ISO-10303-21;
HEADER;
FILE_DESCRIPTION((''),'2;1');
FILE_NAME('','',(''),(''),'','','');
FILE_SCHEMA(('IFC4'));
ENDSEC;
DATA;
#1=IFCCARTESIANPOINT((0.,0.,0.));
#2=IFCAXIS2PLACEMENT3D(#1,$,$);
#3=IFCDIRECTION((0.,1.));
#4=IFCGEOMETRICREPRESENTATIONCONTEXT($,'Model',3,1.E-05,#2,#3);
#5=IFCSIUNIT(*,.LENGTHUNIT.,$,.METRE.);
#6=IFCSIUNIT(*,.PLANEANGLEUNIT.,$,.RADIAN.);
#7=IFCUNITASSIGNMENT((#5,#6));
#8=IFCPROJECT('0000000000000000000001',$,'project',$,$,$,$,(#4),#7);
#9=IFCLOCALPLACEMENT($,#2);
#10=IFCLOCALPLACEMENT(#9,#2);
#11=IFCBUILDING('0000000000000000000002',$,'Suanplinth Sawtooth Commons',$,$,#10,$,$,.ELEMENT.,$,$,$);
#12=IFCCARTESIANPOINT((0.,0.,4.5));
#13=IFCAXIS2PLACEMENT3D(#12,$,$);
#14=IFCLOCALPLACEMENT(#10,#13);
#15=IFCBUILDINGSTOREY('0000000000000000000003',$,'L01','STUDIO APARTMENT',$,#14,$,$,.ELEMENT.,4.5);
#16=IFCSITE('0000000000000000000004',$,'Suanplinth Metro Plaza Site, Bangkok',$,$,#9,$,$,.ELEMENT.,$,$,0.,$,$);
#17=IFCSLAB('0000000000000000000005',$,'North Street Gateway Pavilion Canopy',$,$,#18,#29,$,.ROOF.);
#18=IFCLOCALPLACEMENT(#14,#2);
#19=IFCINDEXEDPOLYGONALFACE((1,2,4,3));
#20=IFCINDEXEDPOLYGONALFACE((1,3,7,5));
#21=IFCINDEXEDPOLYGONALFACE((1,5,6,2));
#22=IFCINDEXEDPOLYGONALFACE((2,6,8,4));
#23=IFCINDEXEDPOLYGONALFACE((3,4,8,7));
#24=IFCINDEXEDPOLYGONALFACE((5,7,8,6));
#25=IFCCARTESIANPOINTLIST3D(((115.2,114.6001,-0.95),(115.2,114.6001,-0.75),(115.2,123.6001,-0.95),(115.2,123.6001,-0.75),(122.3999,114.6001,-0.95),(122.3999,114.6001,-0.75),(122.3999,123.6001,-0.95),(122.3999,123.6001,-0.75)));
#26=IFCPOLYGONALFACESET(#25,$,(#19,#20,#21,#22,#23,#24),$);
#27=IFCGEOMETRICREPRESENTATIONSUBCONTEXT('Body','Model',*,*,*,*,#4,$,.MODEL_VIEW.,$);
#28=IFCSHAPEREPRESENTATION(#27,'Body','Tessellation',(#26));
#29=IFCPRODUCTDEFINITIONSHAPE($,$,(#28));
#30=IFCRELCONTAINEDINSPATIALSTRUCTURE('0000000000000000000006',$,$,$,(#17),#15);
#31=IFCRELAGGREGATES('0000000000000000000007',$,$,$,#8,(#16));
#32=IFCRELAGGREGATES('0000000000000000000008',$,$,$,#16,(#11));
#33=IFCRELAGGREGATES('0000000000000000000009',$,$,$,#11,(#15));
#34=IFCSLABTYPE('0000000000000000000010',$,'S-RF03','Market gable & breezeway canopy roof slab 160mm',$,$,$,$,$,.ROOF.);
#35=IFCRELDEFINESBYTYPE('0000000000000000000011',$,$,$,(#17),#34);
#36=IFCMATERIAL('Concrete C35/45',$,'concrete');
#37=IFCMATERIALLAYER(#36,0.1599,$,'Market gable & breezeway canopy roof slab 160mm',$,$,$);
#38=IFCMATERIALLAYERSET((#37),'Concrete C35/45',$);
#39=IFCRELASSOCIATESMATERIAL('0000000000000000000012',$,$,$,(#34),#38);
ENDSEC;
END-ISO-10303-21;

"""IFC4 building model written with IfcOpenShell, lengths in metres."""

from ifc_helpers import new_model, si_unit, direction, frame, origin, place, context, subcontext, project, spatial, polyline, outline, extrude, material, layer, layer_set, type_object, element, save


model = new_model("IFC4")

# Units and contexts
model_context = context("Model", 3, precision=1e-05, world=origin(), true_north=direction((0.0, 1.0)))
body_context = subcontext(model_context, "Body", "Model", "MODEL_VIEW")
ifc_project = project(units=[si_unit("LENGTHUNIT", "METRE"), si_unit("PLANEANGLEUNIT", "RADIAN")], contexts=[model_context])

# Site, building, storey
site_placement = place(None, origin())
site = spatial("IfcSite", under=ifc_project, at=site_placement, Name="Suanplinth Metro Plaza Site, Bangkok", CompositionType="ELEMENT", RefElevation=0.0)
building_placement = place(site_placement, origin())
building = spatial("IfcBuilding", under=site, at=building_placement, Name="Suanplinth Sawtooth Commons", CompositionType="ELEMENT")
storey_placement = place(building_placement, frame((0.0, 0.0, 4.5)))
storey = spatial("IfcBuildingStorey", under=building, at=storey_placement, Name="L01", Description="STUDIO APARTMENT", CompositionType="ELEMENT", Elevation=4.5)

# Slab
ifc_material_1 = material(Name="Concrete C35/45", Category="concrete")
ifc_layer_1 = layer(ifc_material_1, 0.1599, Name="Market gable & breezeway canopy roof slab 160mm")
ifc_layer_set_1 = layer_set([ifc_layer_1], Name="Concrete C35/45")
slab_type_1 = type_object("IfcSlabType", Name="S-RF03", Description="Market gable & breezeway canopy roof slab 160mm", PredefinedType="ROOF", material=ifc_layer_set_1)
slab_1_placement = place(storey_placement, frame((0.0, 0.0, -0.95)))
element("IfcSlab", 1, at=slab_1_placement, inside=storey, type_object=slab_type_1, Name="North Street Gateway Pavilion Canopy", PredefinedType="ROOF", context=body_context, shape_type="SweptSolid", body=[
    extrude(outline(polyline([(115.2, 114.6001), (122.3999, 114.6001), (122.3999, 123.6001), (115.2, 123.6001), (115.2, 114.6001)])), origin(), (0.0, 0.0, 1.0), 0.2),
])

save(model, "model.ifc")
